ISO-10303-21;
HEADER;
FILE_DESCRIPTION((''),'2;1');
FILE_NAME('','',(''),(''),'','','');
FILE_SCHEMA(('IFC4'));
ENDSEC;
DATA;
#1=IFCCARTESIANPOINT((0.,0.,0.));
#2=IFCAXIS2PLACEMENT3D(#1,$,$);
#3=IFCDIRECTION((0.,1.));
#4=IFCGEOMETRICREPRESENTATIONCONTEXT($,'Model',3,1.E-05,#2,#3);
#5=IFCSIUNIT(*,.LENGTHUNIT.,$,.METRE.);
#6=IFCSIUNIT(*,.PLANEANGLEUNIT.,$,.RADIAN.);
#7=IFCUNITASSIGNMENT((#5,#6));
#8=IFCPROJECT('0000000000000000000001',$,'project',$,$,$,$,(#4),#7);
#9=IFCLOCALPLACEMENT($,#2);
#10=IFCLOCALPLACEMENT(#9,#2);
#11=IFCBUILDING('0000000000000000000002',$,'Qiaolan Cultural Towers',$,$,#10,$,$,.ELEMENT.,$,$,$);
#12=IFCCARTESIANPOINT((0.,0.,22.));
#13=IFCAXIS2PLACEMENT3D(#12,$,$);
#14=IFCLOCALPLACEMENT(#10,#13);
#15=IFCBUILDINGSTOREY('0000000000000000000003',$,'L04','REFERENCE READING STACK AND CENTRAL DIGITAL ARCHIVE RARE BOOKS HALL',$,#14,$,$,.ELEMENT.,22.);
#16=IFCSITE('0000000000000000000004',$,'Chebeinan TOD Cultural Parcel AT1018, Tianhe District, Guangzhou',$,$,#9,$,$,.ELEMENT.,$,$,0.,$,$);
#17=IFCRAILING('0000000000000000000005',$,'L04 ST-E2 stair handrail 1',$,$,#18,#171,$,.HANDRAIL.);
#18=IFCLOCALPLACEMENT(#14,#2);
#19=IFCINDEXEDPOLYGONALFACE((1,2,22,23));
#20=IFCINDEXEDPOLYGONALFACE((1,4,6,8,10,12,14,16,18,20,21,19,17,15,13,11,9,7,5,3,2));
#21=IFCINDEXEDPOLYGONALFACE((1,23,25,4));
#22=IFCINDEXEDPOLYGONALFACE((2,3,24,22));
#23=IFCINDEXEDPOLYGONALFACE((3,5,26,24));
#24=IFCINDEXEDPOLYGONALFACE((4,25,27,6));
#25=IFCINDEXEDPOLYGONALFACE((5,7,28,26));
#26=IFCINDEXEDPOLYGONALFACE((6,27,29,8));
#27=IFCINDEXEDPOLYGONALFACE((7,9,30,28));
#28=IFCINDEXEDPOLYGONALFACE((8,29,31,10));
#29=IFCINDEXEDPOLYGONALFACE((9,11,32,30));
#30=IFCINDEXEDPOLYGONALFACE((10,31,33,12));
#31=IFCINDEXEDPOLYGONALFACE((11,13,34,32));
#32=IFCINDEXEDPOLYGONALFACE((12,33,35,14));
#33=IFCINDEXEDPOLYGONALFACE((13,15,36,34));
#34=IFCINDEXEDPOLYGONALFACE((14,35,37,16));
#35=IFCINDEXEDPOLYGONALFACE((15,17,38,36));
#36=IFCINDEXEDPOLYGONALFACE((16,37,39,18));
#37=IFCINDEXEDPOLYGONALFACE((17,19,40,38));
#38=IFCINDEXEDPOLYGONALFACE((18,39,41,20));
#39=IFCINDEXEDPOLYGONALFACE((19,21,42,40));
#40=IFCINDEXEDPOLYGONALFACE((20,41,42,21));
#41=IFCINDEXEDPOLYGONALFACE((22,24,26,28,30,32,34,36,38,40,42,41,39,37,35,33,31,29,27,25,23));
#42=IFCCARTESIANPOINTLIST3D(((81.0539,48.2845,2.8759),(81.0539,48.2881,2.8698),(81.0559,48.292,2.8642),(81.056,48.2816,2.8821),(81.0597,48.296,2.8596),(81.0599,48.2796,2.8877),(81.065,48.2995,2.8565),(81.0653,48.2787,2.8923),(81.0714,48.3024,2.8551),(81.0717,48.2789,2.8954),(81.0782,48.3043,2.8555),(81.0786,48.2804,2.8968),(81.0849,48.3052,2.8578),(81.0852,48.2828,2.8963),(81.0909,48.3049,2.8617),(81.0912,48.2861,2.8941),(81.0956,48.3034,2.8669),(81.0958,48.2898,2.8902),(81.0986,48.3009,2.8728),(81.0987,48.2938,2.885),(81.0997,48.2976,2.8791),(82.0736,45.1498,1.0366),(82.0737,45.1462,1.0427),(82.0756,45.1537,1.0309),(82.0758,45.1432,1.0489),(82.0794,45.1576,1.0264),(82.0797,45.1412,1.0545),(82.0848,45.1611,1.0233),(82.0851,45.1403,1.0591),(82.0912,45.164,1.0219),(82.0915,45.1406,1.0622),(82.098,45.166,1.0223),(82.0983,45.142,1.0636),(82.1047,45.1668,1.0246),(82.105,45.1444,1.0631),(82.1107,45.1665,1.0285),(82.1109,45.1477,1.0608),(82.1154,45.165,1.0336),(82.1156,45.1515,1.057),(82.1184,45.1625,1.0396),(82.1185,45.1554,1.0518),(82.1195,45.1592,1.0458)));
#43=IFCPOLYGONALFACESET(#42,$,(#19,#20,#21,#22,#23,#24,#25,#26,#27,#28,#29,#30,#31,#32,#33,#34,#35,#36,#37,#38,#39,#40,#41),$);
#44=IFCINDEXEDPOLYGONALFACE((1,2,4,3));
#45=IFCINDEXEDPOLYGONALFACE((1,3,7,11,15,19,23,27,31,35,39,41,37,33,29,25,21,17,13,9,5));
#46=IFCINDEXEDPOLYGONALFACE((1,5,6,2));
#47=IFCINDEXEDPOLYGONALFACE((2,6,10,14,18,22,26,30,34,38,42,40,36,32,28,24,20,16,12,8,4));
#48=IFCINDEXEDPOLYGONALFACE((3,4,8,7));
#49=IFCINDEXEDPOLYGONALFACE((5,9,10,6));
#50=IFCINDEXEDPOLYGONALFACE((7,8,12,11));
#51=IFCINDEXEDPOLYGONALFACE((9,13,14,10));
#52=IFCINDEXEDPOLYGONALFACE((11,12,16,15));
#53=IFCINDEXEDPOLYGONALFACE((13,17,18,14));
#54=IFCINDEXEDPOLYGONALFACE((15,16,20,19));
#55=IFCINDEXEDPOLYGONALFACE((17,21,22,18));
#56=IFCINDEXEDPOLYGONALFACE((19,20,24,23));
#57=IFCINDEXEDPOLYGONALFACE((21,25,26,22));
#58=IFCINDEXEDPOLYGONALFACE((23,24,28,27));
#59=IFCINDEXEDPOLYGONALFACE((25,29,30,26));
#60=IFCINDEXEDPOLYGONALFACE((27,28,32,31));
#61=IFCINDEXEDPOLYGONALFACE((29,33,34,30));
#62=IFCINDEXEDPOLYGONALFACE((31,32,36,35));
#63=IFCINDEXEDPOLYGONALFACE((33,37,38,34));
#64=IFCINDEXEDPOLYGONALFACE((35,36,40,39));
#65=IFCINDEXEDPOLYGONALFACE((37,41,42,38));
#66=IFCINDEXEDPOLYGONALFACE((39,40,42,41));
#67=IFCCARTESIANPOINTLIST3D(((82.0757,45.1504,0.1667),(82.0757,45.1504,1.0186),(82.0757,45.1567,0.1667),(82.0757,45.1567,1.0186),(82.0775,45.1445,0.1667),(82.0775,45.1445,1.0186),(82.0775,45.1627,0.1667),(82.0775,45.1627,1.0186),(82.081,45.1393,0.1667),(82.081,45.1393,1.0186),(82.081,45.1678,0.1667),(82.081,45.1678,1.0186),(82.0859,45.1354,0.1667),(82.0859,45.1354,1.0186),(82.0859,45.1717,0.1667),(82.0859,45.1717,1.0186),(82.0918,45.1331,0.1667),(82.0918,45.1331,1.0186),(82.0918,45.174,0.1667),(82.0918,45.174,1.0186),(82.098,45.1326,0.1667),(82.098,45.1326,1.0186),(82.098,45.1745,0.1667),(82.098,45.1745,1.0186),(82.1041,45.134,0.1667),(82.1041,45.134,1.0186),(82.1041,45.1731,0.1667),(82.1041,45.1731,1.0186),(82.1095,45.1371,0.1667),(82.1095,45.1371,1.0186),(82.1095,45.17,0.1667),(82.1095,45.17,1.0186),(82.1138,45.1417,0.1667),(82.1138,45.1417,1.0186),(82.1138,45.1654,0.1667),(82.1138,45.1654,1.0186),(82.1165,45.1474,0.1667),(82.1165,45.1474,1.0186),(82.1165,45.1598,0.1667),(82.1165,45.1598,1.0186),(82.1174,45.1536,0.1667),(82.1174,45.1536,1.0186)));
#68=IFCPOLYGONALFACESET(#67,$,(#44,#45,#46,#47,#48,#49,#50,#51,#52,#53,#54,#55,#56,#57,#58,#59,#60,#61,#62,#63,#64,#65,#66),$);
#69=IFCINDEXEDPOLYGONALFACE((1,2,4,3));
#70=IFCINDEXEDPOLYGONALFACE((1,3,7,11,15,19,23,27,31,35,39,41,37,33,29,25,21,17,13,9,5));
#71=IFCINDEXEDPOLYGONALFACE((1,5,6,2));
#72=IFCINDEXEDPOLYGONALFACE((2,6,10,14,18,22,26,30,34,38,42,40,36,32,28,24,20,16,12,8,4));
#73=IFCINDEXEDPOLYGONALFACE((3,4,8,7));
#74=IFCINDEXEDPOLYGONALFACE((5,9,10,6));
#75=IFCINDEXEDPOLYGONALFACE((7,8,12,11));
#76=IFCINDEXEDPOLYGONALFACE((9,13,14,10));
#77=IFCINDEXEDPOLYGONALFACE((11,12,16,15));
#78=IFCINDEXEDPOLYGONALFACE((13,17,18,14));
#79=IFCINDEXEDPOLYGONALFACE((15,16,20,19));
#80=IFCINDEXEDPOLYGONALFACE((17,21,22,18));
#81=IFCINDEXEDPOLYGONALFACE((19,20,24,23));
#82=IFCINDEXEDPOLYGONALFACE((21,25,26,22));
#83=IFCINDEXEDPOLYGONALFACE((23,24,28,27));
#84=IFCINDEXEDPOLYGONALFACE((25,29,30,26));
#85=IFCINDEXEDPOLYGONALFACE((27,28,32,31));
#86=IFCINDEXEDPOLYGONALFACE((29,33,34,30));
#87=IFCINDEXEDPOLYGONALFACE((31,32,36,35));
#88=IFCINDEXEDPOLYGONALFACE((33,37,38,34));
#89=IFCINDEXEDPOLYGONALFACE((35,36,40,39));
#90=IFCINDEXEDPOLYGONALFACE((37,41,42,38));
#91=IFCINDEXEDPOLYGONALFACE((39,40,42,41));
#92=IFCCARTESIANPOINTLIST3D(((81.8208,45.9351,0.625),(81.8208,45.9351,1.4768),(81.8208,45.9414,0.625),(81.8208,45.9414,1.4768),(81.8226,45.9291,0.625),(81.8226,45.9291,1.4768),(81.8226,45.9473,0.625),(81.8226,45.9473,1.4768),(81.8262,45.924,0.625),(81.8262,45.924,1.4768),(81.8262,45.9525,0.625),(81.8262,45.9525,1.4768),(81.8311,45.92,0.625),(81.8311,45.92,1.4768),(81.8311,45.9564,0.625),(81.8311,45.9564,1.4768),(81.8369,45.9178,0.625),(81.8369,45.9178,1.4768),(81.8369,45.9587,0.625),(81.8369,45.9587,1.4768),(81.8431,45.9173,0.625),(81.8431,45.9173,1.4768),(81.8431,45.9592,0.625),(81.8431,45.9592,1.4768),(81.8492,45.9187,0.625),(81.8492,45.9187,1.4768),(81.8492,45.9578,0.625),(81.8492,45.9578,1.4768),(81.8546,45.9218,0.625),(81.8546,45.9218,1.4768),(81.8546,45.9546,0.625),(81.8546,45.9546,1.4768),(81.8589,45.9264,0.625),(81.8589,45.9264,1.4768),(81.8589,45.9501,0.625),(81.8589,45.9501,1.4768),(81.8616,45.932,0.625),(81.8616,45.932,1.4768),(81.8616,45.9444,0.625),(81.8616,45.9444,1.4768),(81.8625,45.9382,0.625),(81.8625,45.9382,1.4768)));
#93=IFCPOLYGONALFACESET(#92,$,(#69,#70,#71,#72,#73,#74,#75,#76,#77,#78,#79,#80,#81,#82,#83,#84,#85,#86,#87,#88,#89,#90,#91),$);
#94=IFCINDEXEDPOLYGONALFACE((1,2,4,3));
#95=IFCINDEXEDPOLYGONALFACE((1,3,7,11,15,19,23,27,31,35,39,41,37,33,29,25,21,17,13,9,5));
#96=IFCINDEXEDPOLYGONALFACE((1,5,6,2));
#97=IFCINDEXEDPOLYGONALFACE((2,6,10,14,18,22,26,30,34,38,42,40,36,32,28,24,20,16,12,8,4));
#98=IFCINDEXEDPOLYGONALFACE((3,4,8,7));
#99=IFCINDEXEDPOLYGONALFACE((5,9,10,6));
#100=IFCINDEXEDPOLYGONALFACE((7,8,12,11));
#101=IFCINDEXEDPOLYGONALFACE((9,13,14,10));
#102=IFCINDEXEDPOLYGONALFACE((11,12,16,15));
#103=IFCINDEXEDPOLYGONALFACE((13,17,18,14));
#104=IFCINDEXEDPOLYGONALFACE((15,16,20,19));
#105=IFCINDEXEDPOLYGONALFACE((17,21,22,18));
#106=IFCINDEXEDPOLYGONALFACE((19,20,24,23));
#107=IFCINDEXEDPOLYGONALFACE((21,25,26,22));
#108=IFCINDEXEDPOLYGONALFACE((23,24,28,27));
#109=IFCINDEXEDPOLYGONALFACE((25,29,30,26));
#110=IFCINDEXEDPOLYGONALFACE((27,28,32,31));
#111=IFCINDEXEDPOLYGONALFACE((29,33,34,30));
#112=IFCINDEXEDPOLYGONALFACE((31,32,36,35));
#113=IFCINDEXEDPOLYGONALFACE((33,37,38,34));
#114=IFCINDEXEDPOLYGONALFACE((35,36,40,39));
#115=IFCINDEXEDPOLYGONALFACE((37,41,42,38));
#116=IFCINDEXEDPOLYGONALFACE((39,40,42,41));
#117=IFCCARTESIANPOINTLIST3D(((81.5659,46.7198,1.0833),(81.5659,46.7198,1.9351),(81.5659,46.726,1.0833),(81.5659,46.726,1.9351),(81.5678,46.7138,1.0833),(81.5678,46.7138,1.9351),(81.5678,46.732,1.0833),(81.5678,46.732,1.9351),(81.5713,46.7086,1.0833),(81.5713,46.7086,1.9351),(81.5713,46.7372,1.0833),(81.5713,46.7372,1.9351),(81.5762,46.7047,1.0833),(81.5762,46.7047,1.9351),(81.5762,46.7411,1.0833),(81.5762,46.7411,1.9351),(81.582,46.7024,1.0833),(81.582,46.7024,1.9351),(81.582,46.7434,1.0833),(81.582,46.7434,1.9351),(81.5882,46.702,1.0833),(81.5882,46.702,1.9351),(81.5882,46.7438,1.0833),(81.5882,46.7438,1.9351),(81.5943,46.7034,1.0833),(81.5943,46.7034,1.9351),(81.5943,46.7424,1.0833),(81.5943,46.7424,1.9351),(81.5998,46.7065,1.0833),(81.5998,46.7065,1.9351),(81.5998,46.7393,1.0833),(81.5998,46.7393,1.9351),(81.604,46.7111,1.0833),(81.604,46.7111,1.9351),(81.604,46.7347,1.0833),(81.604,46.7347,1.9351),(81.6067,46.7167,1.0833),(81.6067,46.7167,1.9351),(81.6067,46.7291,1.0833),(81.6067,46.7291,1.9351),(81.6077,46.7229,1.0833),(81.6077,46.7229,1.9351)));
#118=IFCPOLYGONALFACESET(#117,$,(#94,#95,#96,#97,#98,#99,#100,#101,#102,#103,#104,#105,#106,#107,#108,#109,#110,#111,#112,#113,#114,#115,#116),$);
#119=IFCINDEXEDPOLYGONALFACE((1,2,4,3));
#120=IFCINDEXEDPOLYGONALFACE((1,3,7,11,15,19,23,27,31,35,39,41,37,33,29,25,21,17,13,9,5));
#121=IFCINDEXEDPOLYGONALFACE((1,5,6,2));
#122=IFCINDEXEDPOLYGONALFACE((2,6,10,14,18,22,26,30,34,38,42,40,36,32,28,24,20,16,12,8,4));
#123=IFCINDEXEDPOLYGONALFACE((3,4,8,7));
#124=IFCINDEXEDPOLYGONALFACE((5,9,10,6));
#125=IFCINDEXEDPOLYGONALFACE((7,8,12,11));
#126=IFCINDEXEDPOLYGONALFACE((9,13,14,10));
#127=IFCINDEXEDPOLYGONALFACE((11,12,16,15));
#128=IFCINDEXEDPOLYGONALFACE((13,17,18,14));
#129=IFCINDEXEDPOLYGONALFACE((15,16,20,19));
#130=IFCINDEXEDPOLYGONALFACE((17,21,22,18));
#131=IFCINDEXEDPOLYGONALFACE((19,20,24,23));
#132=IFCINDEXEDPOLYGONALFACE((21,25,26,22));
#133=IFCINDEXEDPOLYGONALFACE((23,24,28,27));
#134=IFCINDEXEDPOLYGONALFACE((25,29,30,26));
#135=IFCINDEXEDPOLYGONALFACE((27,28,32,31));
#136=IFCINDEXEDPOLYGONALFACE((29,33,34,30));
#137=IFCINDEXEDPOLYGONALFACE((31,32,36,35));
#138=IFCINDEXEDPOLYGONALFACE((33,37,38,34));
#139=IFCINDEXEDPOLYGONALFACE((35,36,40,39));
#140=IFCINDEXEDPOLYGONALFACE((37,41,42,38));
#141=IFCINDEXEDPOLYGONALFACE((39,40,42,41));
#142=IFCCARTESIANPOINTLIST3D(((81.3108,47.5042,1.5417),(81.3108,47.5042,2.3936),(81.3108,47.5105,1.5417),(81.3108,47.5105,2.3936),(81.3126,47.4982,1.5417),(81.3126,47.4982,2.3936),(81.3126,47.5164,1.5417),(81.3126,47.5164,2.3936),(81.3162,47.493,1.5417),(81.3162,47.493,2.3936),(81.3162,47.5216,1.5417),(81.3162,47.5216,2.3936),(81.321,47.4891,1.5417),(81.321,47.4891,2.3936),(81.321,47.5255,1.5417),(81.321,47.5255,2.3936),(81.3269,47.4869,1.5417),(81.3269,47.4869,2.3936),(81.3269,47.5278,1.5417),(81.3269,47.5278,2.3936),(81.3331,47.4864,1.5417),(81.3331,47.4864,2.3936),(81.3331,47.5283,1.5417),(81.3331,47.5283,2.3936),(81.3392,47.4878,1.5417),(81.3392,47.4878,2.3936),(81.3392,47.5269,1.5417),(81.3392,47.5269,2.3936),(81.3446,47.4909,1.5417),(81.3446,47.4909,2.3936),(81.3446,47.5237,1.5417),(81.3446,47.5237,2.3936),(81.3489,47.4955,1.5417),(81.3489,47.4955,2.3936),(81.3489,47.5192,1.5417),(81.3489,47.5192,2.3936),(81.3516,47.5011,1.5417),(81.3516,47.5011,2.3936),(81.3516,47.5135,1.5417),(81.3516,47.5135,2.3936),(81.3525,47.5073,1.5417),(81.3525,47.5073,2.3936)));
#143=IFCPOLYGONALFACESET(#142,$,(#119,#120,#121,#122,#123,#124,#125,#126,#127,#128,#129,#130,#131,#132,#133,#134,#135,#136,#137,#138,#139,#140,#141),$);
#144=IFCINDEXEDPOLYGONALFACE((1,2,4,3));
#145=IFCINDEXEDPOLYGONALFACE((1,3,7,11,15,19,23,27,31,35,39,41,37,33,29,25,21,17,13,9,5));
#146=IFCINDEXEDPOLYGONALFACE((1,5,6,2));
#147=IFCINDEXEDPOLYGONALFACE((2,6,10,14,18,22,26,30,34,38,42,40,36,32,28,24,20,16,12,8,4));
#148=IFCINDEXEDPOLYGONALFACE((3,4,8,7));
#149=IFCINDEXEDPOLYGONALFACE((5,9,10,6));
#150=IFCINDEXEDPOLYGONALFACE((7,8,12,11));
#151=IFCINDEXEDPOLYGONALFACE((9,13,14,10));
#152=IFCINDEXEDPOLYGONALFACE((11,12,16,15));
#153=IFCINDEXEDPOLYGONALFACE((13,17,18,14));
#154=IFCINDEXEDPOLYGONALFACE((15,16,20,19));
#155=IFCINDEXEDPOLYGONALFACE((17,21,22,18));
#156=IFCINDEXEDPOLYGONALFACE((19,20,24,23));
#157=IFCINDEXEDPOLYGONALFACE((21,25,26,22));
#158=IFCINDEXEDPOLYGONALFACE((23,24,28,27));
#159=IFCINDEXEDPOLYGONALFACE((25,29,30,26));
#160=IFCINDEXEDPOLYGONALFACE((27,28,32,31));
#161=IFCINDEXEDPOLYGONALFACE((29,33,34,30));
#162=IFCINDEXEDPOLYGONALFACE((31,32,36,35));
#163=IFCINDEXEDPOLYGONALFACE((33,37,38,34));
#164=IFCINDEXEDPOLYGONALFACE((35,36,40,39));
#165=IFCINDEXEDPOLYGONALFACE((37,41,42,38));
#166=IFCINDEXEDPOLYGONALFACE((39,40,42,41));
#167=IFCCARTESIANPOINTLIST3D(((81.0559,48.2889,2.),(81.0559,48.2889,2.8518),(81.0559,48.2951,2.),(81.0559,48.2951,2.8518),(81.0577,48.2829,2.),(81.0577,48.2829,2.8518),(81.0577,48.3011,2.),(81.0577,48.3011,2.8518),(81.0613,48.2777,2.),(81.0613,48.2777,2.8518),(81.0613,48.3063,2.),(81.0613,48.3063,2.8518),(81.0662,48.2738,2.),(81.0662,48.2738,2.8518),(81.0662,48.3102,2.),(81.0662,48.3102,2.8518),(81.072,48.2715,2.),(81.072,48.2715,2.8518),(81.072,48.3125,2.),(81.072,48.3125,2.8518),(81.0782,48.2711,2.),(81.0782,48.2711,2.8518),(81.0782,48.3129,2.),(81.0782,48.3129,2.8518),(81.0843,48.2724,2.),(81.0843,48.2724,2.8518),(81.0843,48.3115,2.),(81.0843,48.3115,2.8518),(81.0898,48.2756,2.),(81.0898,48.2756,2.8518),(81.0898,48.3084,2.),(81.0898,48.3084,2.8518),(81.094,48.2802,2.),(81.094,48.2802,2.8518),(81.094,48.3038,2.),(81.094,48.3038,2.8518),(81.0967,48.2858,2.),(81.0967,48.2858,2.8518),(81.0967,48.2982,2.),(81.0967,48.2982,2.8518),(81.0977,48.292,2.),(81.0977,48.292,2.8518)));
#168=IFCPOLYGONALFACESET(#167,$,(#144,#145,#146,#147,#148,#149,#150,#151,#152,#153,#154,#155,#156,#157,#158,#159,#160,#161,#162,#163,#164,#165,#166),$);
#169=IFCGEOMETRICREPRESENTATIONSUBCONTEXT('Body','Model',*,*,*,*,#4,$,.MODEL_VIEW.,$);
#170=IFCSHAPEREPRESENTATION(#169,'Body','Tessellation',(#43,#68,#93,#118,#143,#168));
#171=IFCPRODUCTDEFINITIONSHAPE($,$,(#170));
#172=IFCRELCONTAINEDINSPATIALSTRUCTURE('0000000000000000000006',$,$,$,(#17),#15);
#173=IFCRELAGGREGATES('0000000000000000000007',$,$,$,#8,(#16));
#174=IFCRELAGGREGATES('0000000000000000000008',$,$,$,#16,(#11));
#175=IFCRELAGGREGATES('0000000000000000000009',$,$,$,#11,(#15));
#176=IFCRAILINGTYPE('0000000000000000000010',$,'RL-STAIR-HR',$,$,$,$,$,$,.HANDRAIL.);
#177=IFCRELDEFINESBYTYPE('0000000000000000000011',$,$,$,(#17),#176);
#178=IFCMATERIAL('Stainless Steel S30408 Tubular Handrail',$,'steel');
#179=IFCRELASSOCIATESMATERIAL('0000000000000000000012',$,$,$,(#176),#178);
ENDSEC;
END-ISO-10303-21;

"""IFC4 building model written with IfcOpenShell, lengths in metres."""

from ifc_helpers import new_model, si_unit, direction, frame, origin, origin_2d, place, context, subcontext, project, spatial, circle, extrude, material, type_object, element, save


model = new_model("IFC4")

# Units and contexts
model_context = context("Model", 3, precision=1e-05, world=origin(), true_north=direction((0.0, 1.0)))
body_context = subcontext(model_context, "Body", "Model", "MODEL_VIEW")
ifc_project = project(units=[si_unit("LENGTHUNIT", "METRE"), si_unit("PLANEANGLEUNIT", "RADIAN")], contexts=[model_context])

# Site, building, storey
site_placement = place(None, origin())
site = spatial("IfcSite", under=ifc_project, at=site_placement, Name="Chebeinan TOD Cultural Parcel AT1018, Tianhe District, Guangzhou", CompositionType="ELEMENT", RefElevation=0.0)
building_placement = place(site_placement, origin())
building = spatial("IfcBuilding", under=site, at=building_placement, Name="Qiaolan Cultural Towers", CompositionType="ELEMENT")
storey_placement = place(building_placement, frame((0.0, 0.0, 22.0)))
storey = spatial("IfcBuildingStorey", under=building, at=storey_placement, Name="L04", Description="REFERENCE READING STACK AND CENTRAL DIGITAL ARCHIVE RARE BOOKS HALL", CompositionType="ELEMENT", Elevation=22.0)

# Railing
ifc_material_1 = material(Name="Stainless Steel S30408 Tubular Handrail", Category="steel")
railing_type = type_object("IfcRailingType", Name="RL-STAIR-HR", PredefinedType="HANDRAIL", material=ifc_material_1)
railing_placement = place(storey_placement, frame((82.0964, 45.1536, 0.1667)))
element("IfcRailing", 1, at=railing_placement, inside=storey, type_object=railing_type, Name="L04 ST-E2 stair handrail 1", PredefinedType="HANDRAIL", context=body_context, shape_type="SweptSolid", body=[
    extrude(circle(Radius=0.0239, at=origin_2d()), frame((0.0, 0.0, 0.876), z_axis=(-0.270141, 0.831376, 0.485632), x_axis=(-0.951053, -0.309028, 0.0)), (0.0, 0.0, 1.0), 3.7749),
    extrude(circle(Radius=0.021, at=origin_2d()), origin(), (0.0, 0.0, 1.0), 0.8518),
    extrude(circle(Radius=0.021, at=origin_2d()), frame((-0.2549, 0.7847, 0.4583)), (0.0, 0.0, 1.0), 0.8518),
    extrude(circle(Radius=0.021, at=origin_2d()), frame((-0.5098, 1.5693, 0.9165)), (0.0, 0.0, 1.0), 0.8518),
    extrude(circle(Radius=0.021, at=origin_2d()), frame((-0.7649, 2.3538, 1.375)), (0.0, 0.0, 1.0), 0.8518),
    extrude(circle(Radius=0.021, at=origin_2d()), frame((-1.0198, 3.1384, 1.8333)), (0.0, 0.0, 1.0), 0.8518),
])

save(model, "model.ifc")
